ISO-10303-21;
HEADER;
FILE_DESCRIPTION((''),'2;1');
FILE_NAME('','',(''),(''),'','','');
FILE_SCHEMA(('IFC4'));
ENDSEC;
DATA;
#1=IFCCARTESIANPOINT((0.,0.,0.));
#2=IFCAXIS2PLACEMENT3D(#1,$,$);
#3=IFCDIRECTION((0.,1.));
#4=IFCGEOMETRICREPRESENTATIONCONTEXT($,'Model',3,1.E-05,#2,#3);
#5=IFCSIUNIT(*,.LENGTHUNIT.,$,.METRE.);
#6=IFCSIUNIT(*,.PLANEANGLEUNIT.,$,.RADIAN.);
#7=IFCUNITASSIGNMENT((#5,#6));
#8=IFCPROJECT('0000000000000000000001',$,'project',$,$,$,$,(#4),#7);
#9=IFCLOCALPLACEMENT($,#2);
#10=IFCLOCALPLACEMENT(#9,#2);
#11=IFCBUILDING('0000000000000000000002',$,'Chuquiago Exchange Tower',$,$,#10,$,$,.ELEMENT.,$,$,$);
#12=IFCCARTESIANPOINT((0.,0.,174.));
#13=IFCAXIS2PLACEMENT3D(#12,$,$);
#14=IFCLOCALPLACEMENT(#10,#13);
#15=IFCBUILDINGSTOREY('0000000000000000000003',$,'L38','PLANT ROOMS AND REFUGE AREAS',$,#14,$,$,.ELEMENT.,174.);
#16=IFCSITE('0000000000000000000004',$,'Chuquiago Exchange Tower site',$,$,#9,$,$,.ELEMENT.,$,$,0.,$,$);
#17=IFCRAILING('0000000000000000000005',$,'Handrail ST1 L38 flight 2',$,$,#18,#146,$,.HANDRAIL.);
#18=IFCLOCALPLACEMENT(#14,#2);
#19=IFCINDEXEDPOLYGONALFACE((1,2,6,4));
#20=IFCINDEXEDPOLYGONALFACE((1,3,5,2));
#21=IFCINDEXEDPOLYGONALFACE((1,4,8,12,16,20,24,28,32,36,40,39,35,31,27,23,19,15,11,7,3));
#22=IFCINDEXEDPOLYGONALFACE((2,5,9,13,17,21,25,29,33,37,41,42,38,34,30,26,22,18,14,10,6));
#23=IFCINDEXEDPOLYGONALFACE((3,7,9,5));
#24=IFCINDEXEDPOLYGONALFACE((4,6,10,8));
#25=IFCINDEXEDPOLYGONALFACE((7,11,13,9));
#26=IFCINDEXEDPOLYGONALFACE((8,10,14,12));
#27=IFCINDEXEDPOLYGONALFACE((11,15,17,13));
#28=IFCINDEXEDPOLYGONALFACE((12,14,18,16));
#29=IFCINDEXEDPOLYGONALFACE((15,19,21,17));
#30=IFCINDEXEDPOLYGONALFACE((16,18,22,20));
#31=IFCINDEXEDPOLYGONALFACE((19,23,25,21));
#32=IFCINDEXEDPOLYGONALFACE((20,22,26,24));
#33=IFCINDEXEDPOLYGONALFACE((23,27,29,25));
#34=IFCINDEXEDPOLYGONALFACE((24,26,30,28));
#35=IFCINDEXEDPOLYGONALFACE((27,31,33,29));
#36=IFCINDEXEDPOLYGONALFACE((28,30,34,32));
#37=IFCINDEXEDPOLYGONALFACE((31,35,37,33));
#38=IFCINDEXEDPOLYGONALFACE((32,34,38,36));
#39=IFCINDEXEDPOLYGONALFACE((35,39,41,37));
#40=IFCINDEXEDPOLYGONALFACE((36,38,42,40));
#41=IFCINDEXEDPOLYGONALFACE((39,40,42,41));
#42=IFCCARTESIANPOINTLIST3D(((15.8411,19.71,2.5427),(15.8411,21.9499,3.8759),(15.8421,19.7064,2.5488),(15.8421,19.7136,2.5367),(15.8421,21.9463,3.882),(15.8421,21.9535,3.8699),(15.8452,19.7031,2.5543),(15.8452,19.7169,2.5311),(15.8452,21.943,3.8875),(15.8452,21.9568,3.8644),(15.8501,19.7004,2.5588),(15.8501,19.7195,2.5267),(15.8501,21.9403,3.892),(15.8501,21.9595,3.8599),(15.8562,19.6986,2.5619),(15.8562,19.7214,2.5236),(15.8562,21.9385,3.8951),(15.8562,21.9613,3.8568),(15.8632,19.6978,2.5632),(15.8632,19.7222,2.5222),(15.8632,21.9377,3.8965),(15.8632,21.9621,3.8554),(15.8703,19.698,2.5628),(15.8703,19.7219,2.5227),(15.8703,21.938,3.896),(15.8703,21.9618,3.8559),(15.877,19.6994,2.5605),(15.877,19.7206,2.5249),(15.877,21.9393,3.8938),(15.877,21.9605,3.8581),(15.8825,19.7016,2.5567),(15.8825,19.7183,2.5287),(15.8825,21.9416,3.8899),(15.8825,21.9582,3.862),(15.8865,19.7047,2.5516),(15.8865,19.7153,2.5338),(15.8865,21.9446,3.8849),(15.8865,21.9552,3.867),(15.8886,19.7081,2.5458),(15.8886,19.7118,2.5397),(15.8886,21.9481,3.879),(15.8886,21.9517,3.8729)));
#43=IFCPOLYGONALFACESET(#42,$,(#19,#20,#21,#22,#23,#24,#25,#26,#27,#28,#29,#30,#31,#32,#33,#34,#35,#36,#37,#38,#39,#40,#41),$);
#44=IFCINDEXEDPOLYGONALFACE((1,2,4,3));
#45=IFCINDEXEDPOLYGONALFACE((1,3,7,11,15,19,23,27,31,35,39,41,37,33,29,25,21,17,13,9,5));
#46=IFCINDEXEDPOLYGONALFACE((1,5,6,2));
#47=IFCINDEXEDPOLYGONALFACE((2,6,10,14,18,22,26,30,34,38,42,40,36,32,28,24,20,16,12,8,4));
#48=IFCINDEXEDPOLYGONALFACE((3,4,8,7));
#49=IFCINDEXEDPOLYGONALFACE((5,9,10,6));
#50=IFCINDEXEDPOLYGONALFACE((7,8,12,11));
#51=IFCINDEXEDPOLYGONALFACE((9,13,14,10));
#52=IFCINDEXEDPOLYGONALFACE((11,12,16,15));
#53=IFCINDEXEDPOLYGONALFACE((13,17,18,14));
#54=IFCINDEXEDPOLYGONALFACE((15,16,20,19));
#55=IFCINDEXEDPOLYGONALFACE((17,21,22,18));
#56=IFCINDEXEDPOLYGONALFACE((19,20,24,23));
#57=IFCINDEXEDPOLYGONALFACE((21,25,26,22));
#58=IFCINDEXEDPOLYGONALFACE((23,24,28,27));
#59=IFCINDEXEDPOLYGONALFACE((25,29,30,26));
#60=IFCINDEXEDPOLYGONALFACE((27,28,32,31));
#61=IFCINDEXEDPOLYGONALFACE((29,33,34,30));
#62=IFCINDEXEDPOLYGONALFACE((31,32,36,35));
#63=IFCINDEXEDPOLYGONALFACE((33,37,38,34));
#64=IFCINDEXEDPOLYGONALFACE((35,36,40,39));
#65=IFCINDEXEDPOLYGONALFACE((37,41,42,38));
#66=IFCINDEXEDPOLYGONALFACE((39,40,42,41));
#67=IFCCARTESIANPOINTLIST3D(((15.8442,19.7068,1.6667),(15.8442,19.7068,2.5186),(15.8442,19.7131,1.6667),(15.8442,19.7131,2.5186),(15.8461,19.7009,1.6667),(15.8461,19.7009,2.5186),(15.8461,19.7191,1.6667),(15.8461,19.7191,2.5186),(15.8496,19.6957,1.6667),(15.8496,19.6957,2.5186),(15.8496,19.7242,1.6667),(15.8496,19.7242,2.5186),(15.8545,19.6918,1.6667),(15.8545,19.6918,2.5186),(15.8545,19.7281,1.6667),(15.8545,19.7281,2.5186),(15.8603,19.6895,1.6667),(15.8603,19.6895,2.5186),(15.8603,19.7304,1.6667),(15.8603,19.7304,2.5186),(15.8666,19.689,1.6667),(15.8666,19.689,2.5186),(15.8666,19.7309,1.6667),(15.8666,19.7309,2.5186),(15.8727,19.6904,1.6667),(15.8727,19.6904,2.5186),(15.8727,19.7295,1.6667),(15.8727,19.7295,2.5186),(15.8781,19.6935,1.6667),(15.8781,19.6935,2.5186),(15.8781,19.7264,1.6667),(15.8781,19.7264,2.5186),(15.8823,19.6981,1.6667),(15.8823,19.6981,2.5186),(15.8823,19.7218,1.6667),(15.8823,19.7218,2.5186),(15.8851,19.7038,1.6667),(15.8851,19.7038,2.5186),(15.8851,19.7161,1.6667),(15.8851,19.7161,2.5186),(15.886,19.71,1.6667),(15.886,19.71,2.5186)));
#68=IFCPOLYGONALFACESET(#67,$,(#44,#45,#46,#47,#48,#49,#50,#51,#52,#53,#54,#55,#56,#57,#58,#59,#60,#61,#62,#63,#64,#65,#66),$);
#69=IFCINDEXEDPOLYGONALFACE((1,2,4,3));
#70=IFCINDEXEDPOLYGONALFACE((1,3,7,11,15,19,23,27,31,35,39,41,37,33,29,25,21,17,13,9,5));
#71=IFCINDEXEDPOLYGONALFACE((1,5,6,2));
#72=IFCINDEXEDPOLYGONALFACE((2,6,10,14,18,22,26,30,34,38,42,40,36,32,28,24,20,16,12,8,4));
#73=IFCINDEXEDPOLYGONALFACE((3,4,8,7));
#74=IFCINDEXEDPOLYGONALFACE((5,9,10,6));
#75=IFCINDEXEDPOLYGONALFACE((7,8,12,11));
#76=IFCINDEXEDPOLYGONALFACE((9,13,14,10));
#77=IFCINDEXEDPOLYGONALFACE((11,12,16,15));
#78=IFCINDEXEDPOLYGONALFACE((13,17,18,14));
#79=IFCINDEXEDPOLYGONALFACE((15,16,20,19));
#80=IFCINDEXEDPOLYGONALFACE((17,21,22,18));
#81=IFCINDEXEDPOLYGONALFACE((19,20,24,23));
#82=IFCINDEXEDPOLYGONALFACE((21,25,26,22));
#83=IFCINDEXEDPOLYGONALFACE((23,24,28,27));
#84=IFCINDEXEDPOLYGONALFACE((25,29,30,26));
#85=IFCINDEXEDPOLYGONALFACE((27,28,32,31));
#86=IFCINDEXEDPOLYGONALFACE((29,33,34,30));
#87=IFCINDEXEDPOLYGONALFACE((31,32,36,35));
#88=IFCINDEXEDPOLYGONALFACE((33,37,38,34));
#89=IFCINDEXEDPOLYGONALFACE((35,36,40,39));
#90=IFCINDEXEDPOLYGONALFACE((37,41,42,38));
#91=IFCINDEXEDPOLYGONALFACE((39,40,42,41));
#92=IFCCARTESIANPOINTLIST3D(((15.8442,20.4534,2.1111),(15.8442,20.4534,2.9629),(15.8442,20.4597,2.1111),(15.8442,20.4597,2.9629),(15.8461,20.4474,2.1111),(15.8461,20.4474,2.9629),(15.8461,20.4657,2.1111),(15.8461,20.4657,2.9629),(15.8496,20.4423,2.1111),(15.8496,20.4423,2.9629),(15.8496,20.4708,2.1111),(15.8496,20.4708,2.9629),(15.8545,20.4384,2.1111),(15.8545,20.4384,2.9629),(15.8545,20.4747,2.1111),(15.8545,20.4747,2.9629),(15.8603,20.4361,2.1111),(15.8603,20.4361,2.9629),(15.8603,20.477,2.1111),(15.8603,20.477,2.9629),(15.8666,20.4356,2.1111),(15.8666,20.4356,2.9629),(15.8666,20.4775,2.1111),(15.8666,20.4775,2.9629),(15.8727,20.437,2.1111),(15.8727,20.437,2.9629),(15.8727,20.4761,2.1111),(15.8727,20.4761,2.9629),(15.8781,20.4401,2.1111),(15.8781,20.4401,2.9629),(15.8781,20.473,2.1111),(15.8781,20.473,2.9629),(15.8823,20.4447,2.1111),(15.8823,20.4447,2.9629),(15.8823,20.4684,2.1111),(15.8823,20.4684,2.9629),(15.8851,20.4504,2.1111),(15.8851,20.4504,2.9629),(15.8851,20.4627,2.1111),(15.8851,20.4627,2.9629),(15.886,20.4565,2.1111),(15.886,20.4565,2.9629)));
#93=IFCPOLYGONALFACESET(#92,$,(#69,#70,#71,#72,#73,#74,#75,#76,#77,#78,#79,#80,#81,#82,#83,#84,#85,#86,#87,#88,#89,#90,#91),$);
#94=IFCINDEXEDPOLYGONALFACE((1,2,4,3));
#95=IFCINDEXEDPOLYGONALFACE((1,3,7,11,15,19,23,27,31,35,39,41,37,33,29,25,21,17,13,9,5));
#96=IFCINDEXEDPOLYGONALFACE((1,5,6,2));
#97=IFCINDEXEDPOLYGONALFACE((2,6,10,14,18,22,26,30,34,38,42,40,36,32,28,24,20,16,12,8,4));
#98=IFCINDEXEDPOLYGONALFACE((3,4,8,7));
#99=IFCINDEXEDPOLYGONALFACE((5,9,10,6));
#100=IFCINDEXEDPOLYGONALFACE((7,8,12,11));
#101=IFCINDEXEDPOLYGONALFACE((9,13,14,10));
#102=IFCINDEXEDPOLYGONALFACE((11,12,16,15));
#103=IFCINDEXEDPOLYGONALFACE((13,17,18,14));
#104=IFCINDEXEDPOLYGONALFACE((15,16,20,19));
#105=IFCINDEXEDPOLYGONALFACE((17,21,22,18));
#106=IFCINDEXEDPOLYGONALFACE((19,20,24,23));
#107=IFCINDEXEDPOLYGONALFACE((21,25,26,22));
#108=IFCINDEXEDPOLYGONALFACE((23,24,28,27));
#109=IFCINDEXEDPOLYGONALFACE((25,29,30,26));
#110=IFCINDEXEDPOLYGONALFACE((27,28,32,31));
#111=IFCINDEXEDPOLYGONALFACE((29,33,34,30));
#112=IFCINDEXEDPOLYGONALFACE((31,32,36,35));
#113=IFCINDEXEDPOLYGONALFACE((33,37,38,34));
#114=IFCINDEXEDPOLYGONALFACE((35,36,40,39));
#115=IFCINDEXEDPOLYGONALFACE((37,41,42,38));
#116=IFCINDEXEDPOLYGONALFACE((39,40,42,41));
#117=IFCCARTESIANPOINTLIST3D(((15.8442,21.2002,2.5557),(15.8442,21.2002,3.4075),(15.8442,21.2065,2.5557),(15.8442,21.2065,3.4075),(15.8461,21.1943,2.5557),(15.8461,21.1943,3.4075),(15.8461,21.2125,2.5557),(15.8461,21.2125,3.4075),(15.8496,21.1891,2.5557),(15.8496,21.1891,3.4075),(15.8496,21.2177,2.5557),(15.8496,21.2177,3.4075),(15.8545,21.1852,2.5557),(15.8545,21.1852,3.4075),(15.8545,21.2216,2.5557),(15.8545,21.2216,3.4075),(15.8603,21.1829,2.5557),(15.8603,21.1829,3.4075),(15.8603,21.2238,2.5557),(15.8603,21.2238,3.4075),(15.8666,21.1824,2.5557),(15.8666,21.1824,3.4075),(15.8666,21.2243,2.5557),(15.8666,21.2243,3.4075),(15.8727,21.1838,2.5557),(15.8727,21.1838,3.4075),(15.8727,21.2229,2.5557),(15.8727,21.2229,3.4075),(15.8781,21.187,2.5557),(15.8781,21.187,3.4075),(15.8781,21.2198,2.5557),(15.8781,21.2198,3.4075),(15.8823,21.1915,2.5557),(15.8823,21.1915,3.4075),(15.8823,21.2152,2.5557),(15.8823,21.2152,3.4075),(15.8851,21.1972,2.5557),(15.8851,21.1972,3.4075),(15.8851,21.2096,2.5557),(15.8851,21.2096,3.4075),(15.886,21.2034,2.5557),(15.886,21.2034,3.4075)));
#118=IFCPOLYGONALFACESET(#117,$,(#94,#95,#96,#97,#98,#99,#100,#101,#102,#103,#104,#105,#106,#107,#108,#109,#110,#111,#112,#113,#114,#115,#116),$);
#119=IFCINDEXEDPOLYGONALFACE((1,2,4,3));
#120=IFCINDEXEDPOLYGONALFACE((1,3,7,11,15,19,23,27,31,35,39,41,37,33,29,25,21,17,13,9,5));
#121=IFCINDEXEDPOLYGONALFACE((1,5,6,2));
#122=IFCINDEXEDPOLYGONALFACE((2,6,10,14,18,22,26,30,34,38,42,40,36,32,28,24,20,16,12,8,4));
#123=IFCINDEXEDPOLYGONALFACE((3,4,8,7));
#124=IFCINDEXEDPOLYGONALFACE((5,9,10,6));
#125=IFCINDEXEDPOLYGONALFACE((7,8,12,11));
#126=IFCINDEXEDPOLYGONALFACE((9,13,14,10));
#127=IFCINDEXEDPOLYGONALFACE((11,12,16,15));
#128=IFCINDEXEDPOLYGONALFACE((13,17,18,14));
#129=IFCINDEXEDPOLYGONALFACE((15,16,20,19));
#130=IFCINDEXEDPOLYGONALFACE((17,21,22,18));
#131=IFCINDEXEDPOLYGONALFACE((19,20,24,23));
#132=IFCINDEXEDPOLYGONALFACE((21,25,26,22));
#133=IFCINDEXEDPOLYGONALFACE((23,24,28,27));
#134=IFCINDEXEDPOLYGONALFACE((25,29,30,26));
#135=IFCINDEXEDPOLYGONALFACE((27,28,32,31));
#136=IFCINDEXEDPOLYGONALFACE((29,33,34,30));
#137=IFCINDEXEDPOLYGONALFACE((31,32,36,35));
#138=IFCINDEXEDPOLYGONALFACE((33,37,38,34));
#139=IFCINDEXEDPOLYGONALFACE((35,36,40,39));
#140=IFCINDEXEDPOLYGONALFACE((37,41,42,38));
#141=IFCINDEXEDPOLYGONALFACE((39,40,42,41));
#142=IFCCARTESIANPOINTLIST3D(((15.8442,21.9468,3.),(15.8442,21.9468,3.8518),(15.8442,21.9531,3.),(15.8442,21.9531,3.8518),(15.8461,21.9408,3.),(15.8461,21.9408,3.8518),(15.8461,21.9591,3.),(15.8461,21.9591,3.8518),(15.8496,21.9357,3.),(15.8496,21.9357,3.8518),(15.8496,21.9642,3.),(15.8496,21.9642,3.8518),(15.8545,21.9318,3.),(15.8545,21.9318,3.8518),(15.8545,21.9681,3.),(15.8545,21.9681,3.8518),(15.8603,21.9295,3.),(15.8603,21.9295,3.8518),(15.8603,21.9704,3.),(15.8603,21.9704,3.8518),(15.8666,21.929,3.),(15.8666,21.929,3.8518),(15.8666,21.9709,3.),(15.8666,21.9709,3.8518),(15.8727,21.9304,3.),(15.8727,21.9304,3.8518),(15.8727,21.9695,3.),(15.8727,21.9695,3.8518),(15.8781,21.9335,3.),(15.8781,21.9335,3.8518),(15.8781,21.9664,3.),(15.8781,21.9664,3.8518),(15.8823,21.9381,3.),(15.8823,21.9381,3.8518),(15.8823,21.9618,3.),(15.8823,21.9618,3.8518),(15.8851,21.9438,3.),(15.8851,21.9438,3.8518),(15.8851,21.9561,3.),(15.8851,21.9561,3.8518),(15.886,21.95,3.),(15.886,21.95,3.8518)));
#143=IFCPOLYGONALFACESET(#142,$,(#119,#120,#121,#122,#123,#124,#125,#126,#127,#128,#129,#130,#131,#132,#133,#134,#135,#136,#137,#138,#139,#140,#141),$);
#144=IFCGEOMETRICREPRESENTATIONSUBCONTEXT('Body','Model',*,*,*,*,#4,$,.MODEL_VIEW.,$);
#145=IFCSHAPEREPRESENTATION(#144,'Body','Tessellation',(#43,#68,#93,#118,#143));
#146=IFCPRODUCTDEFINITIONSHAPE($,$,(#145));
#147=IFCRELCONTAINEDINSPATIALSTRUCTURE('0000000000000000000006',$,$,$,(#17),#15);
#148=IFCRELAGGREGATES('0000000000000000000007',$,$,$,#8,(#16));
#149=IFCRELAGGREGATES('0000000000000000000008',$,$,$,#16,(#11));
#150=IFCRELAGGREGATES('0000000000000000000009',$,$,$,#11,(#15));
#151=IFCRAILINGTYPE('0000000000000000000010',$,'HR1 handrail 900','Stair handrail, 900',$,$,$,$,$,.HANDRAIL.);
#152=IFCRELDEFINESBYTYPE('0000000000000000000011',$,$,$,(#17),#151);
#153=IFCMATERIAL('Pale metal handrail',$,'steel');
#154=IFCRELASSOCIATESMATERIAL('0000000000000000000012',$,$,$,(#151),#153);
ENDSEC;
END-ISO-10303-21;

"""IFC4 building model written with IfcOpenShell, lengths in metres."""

from ifc_helpers import new_model, si_unit, direction, frame, origin, origin_2d, place, context, subcontext, project, spatial, circle, extrude, material, type_object, element, save


model = new_model("IFC4")

# Units and contexts
model_context = context("Model", 3, precision=1e-05, world=origin(), true_north=direction((0.0, 1.0)))
body_context = subcontext(model_context, "Body", "Model", "MODEL_VIEW")
ifc_project = project(units=[si_unit("LENGTHUNIT", "METRE"), si_unit("PLANEANGLEUNIT", "RADIAN")], contexts=[model_context])

# Site, building, storey
site_placement = place(None, origin())
site = spatial("IfcSite", under=ifc_project, at=site_placement, Name="Chuquiago Exchange Tower site", CompositionType="ELEMENT", RefElevation=0.0)
building_placement = place(site_placement, origin())
building = spatial("IfcBuilding", under=site, at=building_placement, Name="Chuquiago Exchange Tower", CompositionType="ELEMENT")
storey_placement = place(building_placement, frame((0.0, 0.0, 174.0)))
storey = spatial("IfcBuildingStorey", under=building, at=storey_placement, Name="L38", Description="PLANT ROOMS AND REFUGE AREAS", CompositionType="ELEMENT", Elevation=174.0)

# Railing
ifc_material_1 = material(Name="Pale metal handrail", Category="steel")
railing_type_1 = type_object("IfcRailingType", Name="HR1 handrail 900", Description="Stair handrail, 900", PredefinedType="HANDRAIL", material=ifc_material_1)
for number, where, name in (
    (1, (15.865, 19.71, 1.6667), "Handrail ST1 L38 flight 2"),
):
    element("IfcRailing", number, at=place(storey_placement, frame(where)), inside=storey, type_object=railing_type_1, Name=name, PredefinedType="HANDRAIL", context=body_context, shape_type="SweptSolid", body=[
        extrude(circle(Radius=0.0239, at=origin_2d()), frame((0.0, 0.0, 0.876), z_axis=(0.0, 0.859306, 0.511462), x_axis=(-1.0, 0.0, 0.0)), (0.0, 0.0, 1.0), 2.6067),
        extrude(circle(Radius=0.021, at=origin_2d()), origin(), (0.0, 0.0, 1.0), 0.8518),
        extrude(circle(Radius=0.021, at=origin_2d()), frame((0.0, 0.7466, 0.4443)), (0.0, 0.0, 1.0), 0.8518),
        extrude(circle(Radius=0.021, at=origin_2d()), frame((0.0, 1.4934, 0.8889)), (0.0, 0.0, 1.0), 0.8518),
        extrude(circle(Radius=0.021, at=origin_2d()), frame((0.0, 2.24, 1.3333)), (0.0, 0.0, 1.0), 0.8518),
    ])

save(model, "model.ifc")
